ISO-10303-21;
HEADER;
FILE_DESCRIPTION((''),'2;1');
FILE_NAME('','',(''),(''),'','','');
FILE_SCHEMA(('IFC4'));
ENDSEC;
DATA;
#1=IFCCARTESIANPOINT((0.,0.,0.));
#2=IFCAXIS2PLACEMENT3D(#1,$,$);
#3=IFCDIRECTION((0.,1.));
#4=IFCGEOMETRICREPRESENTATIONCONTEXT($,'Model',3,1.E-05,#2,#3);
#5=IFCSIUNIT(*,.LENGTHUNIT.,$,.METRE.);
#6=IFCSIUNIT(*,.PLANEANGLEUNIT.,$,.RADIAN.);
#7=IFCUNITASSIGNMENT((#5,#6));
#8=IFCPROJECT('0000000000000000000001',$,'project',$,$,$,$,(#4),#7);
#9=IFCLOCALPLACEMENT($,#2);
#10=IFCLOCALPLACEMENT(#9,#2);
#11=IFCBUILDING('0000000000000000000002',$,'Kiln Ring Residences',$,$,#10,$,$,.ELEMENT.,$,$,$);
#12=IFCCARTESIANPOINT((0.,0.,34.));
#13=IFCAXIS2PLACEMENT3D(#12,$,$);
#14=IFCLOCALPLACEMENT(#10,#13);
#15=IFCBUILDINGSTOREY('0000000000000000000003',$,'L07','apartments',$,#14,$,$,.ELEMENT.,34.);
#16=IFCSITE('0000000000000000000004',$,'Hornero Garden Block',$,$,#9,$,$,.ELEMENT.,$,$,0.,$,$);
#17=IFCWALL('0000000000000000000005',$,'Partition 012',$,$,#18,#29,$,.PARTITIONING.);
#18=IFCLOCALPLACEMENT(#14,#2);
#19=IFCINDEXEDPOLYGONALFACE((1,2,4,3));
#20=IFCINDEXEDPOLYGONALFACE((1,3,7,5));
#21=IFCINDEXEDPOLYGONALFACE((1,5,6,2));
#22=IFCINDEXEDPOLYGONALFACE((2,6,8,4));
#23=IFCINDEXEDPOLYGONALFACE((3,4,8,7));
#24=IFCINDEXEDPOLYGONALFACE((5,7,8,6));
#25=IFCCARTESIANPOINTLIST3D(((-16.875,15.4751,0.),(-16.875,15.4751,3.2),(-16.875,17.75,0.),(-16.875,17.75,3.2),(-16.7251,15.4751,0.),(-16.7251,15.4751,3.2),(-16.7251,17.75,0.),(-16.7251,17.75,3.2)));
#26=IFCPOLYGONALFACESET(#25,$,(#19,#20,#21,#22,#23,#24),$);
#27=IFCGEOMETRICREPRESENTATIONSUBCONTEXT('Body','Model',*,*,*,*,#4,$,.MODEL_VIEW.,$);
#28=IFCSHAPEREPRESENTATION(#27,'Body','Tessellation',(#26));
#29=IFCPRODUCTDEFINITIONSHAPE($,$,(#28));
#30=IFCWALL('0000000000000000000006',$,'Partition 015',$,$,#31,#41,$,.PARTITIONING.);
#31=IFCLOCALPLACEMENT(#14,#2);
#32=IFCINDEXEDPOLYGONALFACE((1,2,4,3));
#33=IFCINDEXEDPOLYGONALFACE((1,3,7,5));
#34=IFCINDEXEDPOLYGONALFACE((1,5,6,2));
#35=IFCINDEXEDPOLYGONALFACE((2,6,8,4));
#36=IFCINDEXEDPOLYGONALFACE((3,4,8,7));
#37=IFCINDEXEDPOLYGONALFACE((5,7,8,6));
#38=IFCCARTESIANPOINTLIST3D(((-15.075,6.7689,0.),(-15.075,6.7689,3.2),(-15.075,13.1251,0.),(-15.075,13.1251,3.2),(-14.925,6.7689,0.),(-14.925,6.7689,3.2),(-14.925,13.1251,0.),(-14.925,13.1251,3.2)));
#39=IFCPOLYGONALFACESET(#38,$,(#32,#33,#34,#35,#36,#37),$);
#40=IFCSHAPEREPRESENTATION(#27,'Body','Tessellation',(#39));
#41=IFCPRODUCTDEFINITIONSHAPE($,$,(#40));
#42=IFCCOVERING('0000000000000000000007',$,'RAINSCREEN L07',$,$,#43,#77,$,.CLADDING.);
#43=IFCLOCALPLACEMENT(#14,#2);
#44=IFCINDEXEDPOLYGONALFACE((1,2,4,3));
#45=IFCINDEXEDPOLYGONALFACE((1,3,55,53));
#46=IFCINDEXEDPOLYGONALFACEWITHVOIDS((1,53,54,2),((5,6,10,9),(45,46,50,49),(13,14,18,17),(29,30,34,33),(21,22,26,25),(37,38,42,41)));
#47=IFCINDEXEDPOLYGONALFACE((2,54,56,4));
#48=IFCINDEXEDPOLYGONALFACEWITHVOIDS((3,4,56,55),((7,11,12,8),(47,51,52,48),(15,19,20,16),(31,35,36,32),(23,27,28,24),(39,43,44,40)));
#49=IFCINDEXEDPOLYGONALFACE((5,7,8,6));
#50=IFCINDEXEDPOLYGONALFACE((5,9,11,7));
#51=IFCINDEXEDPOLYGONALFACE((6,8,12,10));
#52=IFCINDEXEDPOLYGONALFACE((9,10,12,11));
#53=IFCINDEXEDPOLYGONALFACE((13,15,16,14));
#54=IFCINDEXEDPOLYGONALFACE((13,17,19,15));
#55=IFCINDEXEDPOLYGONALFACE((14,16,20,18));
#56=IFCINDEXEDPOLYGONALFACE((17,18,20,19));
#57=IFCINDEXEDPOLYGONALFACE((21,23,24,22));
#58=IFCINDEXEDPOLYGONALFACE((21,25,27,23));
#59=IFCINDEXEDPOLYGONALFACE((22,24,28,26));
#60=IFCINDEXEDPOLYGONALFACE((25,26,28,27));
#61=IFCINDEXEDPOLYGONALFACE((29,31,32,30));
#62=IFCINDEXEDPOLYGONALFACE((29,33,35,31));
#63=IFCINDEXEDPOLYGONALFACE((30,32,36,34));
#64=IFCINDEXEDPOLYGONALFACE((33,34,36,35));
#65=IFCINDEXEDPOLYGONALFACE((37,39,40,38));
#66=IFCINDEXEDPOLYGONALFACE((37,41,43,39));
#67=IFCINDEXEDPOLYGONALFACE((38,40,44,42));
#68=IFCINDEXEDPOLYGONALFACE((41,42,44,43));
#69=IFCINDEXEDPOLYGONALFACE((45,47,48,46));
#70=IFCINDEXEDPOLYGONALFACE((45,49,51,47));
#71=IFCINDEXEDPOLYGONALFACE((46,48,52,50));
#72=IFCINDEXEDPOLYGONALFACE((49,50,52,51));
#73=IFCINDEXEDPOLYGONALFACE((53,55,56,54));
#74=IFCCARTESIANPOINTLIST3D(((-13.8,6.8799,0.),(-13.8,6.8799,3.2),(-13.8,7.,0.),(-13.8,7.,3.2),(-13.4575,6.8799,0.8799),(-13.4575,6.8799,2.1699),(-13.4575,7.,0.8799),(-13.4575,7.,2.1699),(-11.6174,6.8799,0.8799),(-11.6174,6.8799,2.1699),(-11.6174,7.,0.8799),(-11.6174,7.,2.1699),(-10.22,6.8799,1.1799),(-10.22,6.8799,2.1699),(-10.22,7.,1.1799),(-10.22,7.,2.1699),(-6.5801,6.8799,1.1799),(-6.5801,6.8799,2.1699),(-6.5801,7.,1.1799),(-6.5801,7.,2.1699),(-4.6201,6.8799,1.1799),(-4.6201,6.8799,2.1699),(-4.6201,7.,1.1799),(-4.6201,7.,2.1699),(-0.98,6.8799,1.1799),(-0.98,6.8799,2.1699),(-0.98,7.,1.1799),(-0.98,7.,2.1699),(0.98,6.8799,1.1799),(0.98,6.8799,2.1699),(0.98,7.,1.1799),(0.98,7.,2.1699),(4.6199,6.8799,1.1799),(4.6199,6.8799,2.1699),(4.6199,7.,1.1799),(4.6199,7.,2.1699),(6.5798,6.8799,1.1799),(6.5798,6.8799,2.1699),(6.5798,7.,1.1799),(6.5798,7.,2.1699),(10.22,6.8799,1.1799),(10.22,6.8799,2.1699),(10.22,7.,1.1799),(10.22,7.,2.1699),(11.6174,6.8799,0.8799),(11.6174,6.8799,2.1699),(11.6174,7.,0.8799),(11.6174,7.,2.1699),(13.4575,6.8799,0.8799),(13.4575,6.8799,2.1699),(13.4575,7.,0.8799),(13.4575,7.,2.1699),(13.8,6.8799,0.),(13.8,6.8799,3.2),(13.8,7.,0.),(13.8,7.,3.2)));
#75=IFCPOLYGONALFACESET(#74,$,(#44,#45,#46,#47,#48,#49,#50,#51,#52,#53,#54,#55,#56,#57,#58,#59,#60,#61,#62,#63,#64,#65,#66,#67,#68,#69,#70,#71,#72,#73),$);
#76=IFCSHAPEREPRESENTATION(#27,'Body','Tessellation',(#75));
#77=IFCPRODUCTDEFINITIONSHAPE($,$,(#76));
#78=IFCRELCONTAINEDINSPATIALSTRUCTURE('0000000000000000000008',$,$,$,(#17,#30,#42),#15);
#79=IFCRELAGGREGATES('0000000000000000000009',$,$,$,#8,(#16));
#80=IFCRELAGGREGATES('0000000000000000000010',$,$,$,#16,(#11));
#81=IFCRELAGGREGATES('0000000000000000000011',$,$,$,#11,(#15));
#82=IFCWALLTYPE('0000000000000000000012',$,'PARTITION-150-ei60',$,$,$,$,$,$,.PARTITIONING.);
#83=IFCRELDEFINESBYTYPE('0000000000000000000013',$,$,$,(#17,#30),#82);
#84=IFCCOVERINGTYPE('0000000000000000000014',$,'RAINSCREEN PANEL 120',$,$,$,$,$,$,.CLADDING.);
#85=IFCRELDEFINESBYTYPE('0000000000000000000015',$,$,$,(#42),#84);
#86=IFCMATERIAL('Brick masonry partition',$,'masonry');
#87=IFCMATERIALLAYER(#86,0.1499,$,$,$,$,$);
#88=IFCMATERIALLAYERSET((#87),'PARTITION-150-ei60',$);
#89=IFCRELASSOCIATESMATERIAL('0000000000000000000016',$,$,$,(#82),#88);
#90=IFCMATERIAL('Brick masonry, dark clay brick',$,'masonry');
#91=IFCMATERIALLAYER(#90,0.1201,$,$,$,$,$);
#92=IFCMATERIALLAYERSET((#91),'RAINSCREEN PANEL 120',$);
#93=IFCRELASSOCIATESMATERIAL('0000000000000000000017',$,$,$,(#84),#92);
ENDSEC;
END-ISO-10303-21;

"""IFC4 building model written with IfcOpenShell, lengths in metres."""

from ifc_helpers import new_model, si_unit, direction, frame, frame_2d, origin, place, context, subcontext, project, spatial, polyline, rectangle, outline, extrude, material, layer, layer_set, type_object, element, save


model = new_model("IFC4")

# Units and contexts
model_context = context("Model", 3, precision=1e-05, world=origin(), true_north=direction((0.0, 1.0)))
body_context = subcontext(model_context, "Body", "Model", "MODEL_VIEW")
ifc_project = project(units=[si_unit("LENGTHUNIT", "METRE"), si_unit("PLANEANGLEUNIT", "RADIAN")], contexts=[model_context])

# Site, building, storey
site_placement = place(None, origin())
site = spatial("IfcSite", under=ifc_project, at=site_placement, Name="Hornero Garden Block", CompositionType="ELEMENT", RefElevation=0.0)
building_placement = place(site_placement, origin())
building = spatial("IfcBuilding", under=site, at=building_placement, Name="Kiln Ring Residences", CompositionType="ELEMENT")
storey_placement = place(building_placement, frame((0.0, 0.0, 34.0)))
storey = spatial("IfcBuildingStorey", under=building, at=storey_placement, Name="L07", Description="apartments", CompositionType="ELEMENT", Elevation=34.0)

# Shared definitions
ifc_material_1 = material(Name="Brick masonry partition", Category="masonry")
ifc_layer_1 = layer(ifc_material_1, 0.1499)
ifc_layer_set_1 = layer_set([ifc_layer_1], Name="PARTITION-150-ei60")
wall_type_1 = type_object("IfcWallType", Name="PARTITION-150-ei60", PredefinedType="PARTITIONING", material=ifc_layer_set_1)

# Walls
wall_1_placement = place(storey_placement, frame((-16.8, 15.4751, 0.0), z_axis=(0.0, 0.0, 1.0), x_axis=(0.0, 1.0, 0.0)))
element("IfcWall", 1, at=wall_1_placement, inside=storey, type_object=wall_type_1, Name="Partition 012", PredefinedType="PARTITIONING", context=body_context, shape_type="SweptSolid", body=[
    extrude(rectangle(XDim=2.2749, YDim=0.1499, at=frame_2d((1.1375, 0.0))), origin(), (0.0, 0.0, 1.0), 3.2),
])
wall_2_placement = place(storey_placement, frame((-15.0, 6.7688, 0.0), z_axis=(0.0, 0.0, 1.0), x_axis=(0.0, 1.0, 0.0)))
element("IfcWall", 2, at=wall_2_placement, inside=storey, type_object=wall_type_1, Name="Partition 015", PredefinedType="PARTITIONING", context=body_context, shape_type="SweptSolid", body=[
    extrude(rectangle(XDim=6.3562, YDim=0.1499, at=frame_2d((3.1782, 0.0))), origin(), (0.0, 0.0, 1.0), 3.2),
])

# Covering
ifc_material_2 = material(Name="Brick masonry, dark clay brick", Category="masonry")
ifc_layer_2 = layer(ifc_material_2, 0.1201)
ifc_layer_set_2 = layer_set([ifc_layer_2], Name="RAINSCREEN PANEL 120")
covering_type = type_object("IfcCoveringType", Name="RAINSCREEN PANEL 120", PredefinedType="CLADDING", material=ifc_layer_set_2)
covering_placement = place(storey_placement, frame((-13.8, 6.9399, 0.0), z_axis=(0.0, 0.0, 1.0), x_axis=(1.0, 0.0, 0.0)))
element("IfcCovering", 3, at=covering_placement, inside=storey, type_object=covering_type, Name="RAINSCREEN L07", PredefinedType="CLADDING", context=body_context, shape_type="SweptSolid", body=[
    extrude(outline(polyline([(0.0, 0.0), (27.6001, 0.0), (27.6001, 3.2), (0.0, 3.2), (0.0, 0.0)]), holes=[polyline([(2.1826, 0.8799), (2.1826, 2.1699), (0.3425, 2.1699), (0.3425, 0.8799), (2.1826, 0.8799)]), polyline([(25.4175, 0.8799), (27.2576, 0.8799), (27.2576, 2.1699), (25.4175, 2.1699), (25.4175, 0.8799)]), polyline([(3.5801, 1.1799), (7.22, 1.1799), (7.22, 2.1699), (3.5801, 2.1699), (3.5801, 1.1799)]), polyline([(12.8201, 1.1799), (12.8201, 2.1699), (9.1799, 2.1699), (9.1799, 1.1799), (12.8201, 1.1799)]), polyline([(14.78, 1.1799), (18.4199, 1.1799), (18.4199, 2.1699), (14.78, 2.1699), (14.78, 1.1799)]), polyline([(20.3799, 1.1799), (24.02, 1.1799), (24.02, 2.1699), (20.3799, 2.1699), (20.3799, 1.1799)])]), frame((0.0, 0.0601, 0.0), z_axis=(0.0, -1.0, 0.0), x_axis=(1.0, 0.0, 0.0)), (0.0, 0.0, 1.0), 0.1201),
])

save(model, "model.ifc")
